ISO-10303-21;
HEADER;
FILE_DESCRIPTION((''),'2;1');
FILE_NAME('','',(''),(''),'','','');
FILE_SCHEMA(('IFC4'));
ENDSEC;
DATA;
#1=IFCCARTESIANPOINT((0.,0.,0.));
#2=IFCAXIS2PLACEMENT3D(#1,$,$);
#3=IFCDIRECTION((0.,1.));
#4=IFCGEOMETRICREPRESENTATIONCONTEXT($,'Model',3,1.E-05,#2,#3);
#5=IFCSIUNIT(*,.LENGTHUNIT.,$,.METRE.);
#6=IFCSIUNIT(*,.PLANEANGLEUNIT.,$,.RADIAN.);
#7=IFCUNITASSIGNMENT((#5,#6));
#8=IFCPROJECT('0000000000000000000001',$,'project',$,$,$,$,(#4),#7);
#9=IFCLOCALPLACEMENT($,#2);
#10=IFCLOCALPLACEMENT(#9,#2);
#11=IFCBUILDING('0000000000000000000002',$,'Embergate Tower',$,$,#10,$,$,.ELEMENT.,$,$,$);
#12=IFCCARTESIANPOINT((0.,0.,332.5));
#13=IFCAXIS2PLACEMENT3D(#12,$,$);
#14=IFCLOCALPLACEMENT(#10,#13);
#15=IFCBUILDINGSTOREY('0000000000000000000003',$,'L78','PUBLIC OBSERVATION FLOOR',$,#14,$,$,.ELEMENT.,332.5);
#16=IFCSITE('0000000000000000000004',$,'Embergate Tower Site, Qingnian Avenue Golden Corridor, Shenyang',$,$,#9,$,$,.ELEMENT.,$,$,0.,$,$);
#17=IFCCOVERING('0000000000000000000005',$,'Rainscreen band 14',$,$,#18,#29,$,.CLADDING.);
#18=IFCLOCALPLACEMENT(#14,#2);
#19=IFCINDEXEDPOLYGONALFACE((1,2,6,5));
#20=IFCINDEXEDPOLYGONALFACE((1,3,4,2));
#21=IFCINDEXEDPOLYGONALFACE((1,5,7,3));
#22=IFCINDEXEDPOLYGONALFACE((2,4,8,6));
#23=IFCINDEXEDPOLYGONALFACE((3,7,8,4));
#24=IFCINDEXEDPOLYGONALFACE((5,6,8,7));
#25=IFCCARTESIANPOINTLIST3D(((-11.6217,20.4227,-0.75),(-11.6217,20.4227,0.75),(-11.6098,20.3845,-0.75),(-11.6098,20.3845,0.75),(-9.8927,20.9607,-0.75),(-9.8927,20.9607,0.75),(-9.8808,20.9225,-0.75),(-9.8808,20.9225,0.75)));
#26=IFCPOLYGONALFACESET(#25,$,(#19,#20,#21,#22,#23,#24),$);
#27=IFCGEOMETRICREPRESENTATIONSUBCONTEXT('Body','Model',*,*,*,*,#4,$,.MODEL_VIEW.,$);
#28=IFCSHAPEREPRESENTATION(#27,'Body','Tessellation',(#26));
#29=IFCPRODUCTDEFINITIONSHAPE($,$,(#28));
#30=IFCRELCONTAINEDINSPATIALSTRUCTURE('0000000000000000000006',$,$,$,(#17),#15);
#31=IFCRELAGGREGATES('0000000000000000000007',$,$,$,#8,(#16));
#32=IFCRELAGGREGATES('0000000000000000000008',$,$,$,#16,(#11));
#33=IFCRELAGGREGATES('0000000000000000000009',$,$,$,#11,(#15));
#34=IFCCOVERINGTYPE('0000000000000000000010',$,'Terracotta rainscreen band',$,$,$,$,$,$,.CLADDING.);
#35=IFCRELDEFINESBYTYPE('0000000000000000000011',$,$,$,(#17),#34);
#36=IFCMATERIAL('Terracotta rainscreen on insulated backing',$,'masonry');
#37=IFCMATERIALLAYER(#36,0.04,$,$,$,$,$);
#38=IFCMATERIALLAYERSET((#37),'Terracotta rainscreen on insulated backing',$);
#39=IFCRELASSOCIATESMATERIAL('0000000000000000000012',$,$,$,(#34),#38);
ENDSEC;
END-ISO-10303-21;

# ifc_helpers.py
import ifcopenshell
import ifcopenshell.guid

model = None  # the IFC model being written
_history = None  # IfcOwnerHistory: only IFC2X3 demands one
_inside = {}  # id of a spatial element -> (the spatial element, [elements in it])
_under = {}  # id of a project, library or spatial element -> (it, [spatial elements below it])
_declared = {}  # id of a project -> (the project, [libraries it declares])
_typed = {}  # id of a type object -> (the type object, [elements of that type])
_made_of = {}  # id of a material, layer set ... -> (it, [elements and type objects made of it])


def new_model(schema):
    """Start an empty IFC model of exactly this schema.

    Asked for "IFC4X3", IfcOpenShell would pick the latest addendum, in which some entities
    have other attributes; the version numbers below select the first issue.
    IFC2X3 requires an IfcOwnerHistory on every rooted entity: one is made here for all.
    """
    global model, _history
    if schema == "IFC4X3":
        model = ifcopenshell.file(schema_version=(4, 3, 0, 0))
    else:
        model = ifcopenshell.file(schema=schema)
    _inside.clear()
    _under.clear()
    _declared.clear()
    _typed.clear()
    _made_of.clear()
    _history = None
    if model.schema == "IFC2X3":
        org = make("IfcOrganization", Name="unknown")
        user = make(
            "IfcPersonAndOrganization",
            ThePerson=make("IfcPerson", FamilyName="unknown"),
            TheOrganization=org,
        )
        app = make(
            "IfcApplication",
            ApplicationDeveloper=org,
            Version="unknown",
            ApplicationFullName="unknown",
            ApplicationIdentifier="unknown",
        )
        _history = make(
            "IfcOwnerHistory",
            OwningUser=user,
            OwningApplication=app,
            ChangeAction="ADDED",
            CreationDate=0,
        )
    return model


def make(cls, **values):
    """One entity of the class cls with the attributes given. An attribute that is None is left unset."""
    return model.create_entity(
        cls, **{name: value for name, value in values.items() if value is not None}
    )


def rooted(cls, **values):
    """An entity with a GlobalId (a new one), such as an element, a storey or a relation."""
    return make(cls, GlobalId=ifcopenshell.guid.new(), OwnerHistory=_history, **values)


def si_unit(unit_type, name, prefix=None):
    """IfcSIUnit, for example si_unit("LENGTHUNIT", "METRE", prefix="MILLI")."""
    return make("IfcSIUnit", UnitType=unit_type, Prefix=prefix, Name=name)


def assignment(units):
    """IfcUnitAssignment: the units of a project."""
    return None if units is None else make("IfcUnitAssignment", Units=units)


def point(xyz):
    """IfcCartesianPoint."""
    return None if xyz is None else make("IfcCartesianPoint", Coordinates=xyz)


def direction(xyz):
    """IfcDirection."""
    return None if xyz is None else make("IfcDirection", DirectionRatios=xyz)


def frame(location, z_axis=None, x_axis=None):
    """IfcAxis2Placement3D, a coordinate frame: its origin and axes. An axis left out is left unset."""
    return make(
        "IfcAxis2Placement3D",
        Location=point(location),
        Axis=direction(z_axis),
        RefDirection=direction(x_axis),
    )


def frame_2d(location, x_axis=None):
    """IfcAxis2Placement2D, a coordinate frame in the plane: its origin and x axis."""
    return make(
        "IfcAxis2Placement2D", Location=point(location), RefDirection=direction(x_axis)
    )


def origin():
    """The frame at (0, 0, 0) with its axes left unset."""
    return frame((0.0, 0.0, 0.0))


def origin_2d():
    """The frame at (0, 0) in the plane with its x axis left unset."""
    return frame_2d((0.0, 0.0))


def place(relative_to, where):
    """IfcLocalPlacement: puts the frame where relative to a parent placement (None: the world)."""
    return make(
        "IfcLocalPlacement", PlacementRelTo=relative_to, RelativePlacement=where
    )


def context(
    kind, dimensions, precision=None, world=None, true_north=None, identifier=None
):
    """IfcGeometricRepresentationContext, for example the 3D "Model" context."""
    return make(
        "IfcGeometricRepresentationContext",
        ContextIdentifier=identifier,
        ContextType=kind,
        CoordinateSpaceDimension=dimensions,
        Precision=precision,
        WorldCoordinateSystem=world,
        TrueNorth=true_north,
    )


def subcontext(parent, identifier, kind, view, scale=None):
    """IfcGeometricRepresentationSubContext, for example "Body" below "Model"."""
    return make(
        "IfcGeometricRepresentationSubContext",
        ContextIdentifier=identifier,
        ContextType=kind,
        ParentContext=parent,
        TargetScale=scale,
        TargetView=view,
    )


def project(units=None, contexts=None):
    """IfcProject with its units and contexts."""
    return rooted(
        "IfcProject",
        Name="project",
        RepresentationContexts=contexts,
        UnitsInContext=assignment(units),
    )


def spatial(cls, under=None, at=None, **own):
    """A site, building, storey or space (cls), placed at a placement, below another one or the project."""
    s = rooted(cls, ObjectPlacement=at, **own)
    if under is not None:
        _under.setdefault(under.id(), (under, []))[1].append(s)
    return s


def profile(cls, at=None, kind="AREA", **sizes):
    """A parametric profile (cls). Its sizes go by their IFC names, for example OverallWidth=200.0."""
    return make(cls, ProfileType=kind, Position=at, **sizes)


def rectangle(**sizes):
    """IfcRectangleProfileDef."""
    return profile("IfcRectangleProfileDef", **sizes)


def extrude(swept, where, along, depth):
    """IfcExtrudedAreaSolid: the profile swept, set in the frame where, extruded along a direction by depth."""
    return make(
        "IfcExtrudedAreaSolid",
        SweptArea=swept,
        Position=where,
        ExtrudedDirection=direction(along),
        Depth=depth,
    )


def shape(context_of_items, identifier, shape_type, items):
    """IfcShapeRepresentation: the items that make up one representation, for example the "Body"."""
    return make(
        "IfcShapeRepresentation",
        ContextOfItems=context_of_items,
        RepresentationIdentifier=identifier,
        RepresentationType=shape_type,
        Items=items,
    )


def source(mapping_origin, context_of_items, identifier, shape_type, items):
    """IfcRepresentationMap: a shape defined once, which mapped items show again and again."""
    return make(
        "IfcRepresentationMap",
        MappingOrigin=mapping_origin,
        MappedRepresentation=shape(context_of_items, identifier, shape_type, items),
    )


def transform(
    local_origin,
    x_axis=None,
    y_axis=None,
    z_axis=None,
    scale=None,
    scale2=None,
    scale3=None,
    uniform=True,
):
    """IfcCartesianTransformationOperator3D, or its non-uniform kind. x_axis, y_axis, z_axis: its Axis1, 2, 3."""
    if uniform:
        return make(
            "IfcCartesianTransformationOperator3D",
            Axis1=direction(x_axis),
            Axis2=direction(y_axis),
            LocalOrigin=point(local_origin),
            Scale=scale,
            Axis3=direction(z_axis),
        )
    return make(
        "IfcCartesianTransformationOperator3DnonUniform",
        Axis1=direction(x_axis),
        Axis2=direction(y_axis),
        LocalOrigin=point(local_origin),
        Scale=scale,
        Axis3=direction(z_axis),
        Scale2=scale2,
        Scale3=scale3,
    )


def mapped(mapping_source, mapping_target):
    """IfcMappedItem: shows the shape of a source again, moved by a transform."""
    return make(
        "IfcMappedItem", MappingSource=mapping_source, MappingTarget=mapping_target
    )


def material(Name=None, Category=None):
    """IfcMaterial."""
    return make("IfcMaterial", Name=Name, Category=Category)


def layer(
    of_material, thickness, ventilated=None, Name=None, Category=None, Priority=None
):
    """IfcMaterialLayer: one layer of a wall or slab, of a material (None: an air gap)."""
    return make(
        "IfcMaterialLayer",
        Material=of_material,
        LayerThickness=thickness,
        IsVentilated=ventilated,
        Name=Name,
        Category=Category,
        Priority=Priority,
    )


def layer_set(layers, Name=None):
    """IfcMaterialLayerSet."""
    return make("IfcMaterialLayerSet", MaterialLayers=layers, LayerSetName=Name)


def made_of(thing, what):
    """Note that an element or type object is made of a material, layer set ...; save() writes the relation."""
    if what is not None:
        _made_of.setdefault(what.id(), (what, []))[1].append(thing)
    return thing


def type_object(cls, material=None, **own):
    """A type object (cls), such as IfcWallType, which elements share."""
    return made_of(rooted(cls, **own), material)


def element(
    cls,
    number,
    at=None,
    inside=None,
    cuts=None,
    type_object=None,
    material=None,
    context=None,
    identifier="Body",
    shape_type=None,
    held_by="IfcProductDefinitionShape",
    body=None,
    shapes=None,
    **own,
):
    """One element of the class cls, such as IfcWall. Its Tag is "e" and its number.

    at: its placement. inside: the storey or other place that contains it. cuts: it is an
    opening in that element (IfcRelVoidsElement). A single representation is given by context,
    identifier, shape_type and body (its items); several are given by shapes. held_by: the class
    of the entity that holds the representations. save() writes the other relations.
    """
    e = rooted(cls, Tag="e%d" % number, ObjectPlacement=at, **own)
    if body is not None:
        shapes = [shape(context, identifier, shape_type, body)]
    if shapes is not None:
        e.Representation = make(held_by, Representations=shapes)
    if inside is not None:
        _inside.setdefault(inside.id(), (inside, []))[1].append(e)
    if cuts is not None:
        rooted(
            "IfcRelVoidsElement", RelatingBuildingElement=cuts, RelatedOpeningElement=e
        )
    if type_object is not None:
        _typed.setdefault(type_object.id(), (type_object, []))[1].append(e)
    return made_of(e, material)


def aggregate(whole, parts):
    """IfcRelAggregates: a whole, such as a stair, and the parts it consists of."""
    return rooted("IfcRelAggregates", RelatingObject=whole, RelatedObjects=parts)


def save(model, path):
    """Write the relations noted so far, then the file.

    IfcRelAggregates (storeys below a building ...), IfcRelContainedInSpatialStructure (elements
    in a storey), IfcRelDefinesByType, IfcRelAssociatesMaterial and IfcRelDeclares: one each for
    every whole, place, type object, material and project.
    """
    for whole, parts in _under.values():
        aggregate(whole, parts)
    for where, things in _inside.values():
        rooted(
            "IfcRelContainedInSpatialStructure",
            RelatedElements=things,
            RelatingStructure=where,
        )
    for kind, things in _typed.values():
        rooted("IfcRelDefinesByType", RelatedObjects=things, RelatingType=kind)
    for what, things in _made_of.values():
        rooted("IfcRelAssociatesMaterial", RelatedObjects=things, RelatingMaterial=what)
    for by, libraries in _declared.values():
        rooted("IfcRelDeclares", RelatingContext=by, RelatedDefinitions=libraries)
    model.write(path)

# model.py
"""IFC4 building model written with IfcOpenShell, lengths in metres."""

from ifc_helpers import new_model, si_unit, direction, frame, origin, origin_2d, place, context, subcontext, project, spatial, rectangle, extrude, source, transform, mapped, material, layer, layer_set, type_object, element, save


model = new_model("IFC4")

# Units and contexts
model_context = context("Model", 3, precision=1e-05, world=origin(), true_north=direction((0.0, 1.0)))
body_context = subcontext(model_context, "Body", "Model", "MODEL_VIEW")
ifc_project = project(units=[si_unit("LENGTHUNIT", "METRE"), si_unit("PLANEANGLEUNIT", "RADIAN")], contexts=[model_context])

# Site, building, storey
site_placement = place(None, origin())
site = spatial("IfcSite", under=ifc_project, at=site_placement, Name="Embergate Tower Site, Qingnian Avenue Golden Corridor, Shenyang", CompositionType="ELEMENT", RefElevation=0.0)
building_placement = place(site_placement, origin())
building = spatial("IfcBuilding", under=site, at=building_placement, Name="Embergate Tower", CompositionType="ELEMENT")
storey_placement = place(building_placement, frame((0.0, 0.0, 332.5)))
storey = spatial("IfcBuildingStorey", under=building, at=storey_placement, Name="L78", Description="PUBLIC OBSERVATION FLOOR", CompositionType="ELEMENT", Elevation=332.5)

# Covering
ifc_material_1 = material(Name="Terracotta rainscreen on insulated backing", Category="masonry")
ifc_layer_1 = layer(ifc_material_1, 0.04)
ifc_layer_set_1 = layer_set([ifc_layer_1], Name="Terracotta rainscreen on insulated backing")
covering_type = type_object("IfcCoveringType", Name="Terracotta rainscreen band", PredefinedType="CLADDING", material=ifc_layer_set_1)
shared_shape_1 = source(origin(), body_context, "Body", "SweptSolid", [
    extrude(rectangle(XDim=1.8108, YDim=0.04, at=origin_2d()), origin(), (0.0, 0.0, 1.0), 1.5),
])
covering_1_placement = place(storey_placement, frame((-10.7512, 20.6726, -0.75), z_axis=(0.0, 0.0, 1.0), x_axis=(-0.954843, -0.297112, 0.0)))
element("IfcCovering", 1, at=covering_1_placement, inside=storey, type_object=covering_type, Name="Rainscreen band 14", PredefinedType="CLADDING", context=body_context, shape_type="MappedRepresentation", body=[
    mapped(shared_shape_1, transform((0.0, 0.0, 0.0))),
])

save(model, "model.ifc")
